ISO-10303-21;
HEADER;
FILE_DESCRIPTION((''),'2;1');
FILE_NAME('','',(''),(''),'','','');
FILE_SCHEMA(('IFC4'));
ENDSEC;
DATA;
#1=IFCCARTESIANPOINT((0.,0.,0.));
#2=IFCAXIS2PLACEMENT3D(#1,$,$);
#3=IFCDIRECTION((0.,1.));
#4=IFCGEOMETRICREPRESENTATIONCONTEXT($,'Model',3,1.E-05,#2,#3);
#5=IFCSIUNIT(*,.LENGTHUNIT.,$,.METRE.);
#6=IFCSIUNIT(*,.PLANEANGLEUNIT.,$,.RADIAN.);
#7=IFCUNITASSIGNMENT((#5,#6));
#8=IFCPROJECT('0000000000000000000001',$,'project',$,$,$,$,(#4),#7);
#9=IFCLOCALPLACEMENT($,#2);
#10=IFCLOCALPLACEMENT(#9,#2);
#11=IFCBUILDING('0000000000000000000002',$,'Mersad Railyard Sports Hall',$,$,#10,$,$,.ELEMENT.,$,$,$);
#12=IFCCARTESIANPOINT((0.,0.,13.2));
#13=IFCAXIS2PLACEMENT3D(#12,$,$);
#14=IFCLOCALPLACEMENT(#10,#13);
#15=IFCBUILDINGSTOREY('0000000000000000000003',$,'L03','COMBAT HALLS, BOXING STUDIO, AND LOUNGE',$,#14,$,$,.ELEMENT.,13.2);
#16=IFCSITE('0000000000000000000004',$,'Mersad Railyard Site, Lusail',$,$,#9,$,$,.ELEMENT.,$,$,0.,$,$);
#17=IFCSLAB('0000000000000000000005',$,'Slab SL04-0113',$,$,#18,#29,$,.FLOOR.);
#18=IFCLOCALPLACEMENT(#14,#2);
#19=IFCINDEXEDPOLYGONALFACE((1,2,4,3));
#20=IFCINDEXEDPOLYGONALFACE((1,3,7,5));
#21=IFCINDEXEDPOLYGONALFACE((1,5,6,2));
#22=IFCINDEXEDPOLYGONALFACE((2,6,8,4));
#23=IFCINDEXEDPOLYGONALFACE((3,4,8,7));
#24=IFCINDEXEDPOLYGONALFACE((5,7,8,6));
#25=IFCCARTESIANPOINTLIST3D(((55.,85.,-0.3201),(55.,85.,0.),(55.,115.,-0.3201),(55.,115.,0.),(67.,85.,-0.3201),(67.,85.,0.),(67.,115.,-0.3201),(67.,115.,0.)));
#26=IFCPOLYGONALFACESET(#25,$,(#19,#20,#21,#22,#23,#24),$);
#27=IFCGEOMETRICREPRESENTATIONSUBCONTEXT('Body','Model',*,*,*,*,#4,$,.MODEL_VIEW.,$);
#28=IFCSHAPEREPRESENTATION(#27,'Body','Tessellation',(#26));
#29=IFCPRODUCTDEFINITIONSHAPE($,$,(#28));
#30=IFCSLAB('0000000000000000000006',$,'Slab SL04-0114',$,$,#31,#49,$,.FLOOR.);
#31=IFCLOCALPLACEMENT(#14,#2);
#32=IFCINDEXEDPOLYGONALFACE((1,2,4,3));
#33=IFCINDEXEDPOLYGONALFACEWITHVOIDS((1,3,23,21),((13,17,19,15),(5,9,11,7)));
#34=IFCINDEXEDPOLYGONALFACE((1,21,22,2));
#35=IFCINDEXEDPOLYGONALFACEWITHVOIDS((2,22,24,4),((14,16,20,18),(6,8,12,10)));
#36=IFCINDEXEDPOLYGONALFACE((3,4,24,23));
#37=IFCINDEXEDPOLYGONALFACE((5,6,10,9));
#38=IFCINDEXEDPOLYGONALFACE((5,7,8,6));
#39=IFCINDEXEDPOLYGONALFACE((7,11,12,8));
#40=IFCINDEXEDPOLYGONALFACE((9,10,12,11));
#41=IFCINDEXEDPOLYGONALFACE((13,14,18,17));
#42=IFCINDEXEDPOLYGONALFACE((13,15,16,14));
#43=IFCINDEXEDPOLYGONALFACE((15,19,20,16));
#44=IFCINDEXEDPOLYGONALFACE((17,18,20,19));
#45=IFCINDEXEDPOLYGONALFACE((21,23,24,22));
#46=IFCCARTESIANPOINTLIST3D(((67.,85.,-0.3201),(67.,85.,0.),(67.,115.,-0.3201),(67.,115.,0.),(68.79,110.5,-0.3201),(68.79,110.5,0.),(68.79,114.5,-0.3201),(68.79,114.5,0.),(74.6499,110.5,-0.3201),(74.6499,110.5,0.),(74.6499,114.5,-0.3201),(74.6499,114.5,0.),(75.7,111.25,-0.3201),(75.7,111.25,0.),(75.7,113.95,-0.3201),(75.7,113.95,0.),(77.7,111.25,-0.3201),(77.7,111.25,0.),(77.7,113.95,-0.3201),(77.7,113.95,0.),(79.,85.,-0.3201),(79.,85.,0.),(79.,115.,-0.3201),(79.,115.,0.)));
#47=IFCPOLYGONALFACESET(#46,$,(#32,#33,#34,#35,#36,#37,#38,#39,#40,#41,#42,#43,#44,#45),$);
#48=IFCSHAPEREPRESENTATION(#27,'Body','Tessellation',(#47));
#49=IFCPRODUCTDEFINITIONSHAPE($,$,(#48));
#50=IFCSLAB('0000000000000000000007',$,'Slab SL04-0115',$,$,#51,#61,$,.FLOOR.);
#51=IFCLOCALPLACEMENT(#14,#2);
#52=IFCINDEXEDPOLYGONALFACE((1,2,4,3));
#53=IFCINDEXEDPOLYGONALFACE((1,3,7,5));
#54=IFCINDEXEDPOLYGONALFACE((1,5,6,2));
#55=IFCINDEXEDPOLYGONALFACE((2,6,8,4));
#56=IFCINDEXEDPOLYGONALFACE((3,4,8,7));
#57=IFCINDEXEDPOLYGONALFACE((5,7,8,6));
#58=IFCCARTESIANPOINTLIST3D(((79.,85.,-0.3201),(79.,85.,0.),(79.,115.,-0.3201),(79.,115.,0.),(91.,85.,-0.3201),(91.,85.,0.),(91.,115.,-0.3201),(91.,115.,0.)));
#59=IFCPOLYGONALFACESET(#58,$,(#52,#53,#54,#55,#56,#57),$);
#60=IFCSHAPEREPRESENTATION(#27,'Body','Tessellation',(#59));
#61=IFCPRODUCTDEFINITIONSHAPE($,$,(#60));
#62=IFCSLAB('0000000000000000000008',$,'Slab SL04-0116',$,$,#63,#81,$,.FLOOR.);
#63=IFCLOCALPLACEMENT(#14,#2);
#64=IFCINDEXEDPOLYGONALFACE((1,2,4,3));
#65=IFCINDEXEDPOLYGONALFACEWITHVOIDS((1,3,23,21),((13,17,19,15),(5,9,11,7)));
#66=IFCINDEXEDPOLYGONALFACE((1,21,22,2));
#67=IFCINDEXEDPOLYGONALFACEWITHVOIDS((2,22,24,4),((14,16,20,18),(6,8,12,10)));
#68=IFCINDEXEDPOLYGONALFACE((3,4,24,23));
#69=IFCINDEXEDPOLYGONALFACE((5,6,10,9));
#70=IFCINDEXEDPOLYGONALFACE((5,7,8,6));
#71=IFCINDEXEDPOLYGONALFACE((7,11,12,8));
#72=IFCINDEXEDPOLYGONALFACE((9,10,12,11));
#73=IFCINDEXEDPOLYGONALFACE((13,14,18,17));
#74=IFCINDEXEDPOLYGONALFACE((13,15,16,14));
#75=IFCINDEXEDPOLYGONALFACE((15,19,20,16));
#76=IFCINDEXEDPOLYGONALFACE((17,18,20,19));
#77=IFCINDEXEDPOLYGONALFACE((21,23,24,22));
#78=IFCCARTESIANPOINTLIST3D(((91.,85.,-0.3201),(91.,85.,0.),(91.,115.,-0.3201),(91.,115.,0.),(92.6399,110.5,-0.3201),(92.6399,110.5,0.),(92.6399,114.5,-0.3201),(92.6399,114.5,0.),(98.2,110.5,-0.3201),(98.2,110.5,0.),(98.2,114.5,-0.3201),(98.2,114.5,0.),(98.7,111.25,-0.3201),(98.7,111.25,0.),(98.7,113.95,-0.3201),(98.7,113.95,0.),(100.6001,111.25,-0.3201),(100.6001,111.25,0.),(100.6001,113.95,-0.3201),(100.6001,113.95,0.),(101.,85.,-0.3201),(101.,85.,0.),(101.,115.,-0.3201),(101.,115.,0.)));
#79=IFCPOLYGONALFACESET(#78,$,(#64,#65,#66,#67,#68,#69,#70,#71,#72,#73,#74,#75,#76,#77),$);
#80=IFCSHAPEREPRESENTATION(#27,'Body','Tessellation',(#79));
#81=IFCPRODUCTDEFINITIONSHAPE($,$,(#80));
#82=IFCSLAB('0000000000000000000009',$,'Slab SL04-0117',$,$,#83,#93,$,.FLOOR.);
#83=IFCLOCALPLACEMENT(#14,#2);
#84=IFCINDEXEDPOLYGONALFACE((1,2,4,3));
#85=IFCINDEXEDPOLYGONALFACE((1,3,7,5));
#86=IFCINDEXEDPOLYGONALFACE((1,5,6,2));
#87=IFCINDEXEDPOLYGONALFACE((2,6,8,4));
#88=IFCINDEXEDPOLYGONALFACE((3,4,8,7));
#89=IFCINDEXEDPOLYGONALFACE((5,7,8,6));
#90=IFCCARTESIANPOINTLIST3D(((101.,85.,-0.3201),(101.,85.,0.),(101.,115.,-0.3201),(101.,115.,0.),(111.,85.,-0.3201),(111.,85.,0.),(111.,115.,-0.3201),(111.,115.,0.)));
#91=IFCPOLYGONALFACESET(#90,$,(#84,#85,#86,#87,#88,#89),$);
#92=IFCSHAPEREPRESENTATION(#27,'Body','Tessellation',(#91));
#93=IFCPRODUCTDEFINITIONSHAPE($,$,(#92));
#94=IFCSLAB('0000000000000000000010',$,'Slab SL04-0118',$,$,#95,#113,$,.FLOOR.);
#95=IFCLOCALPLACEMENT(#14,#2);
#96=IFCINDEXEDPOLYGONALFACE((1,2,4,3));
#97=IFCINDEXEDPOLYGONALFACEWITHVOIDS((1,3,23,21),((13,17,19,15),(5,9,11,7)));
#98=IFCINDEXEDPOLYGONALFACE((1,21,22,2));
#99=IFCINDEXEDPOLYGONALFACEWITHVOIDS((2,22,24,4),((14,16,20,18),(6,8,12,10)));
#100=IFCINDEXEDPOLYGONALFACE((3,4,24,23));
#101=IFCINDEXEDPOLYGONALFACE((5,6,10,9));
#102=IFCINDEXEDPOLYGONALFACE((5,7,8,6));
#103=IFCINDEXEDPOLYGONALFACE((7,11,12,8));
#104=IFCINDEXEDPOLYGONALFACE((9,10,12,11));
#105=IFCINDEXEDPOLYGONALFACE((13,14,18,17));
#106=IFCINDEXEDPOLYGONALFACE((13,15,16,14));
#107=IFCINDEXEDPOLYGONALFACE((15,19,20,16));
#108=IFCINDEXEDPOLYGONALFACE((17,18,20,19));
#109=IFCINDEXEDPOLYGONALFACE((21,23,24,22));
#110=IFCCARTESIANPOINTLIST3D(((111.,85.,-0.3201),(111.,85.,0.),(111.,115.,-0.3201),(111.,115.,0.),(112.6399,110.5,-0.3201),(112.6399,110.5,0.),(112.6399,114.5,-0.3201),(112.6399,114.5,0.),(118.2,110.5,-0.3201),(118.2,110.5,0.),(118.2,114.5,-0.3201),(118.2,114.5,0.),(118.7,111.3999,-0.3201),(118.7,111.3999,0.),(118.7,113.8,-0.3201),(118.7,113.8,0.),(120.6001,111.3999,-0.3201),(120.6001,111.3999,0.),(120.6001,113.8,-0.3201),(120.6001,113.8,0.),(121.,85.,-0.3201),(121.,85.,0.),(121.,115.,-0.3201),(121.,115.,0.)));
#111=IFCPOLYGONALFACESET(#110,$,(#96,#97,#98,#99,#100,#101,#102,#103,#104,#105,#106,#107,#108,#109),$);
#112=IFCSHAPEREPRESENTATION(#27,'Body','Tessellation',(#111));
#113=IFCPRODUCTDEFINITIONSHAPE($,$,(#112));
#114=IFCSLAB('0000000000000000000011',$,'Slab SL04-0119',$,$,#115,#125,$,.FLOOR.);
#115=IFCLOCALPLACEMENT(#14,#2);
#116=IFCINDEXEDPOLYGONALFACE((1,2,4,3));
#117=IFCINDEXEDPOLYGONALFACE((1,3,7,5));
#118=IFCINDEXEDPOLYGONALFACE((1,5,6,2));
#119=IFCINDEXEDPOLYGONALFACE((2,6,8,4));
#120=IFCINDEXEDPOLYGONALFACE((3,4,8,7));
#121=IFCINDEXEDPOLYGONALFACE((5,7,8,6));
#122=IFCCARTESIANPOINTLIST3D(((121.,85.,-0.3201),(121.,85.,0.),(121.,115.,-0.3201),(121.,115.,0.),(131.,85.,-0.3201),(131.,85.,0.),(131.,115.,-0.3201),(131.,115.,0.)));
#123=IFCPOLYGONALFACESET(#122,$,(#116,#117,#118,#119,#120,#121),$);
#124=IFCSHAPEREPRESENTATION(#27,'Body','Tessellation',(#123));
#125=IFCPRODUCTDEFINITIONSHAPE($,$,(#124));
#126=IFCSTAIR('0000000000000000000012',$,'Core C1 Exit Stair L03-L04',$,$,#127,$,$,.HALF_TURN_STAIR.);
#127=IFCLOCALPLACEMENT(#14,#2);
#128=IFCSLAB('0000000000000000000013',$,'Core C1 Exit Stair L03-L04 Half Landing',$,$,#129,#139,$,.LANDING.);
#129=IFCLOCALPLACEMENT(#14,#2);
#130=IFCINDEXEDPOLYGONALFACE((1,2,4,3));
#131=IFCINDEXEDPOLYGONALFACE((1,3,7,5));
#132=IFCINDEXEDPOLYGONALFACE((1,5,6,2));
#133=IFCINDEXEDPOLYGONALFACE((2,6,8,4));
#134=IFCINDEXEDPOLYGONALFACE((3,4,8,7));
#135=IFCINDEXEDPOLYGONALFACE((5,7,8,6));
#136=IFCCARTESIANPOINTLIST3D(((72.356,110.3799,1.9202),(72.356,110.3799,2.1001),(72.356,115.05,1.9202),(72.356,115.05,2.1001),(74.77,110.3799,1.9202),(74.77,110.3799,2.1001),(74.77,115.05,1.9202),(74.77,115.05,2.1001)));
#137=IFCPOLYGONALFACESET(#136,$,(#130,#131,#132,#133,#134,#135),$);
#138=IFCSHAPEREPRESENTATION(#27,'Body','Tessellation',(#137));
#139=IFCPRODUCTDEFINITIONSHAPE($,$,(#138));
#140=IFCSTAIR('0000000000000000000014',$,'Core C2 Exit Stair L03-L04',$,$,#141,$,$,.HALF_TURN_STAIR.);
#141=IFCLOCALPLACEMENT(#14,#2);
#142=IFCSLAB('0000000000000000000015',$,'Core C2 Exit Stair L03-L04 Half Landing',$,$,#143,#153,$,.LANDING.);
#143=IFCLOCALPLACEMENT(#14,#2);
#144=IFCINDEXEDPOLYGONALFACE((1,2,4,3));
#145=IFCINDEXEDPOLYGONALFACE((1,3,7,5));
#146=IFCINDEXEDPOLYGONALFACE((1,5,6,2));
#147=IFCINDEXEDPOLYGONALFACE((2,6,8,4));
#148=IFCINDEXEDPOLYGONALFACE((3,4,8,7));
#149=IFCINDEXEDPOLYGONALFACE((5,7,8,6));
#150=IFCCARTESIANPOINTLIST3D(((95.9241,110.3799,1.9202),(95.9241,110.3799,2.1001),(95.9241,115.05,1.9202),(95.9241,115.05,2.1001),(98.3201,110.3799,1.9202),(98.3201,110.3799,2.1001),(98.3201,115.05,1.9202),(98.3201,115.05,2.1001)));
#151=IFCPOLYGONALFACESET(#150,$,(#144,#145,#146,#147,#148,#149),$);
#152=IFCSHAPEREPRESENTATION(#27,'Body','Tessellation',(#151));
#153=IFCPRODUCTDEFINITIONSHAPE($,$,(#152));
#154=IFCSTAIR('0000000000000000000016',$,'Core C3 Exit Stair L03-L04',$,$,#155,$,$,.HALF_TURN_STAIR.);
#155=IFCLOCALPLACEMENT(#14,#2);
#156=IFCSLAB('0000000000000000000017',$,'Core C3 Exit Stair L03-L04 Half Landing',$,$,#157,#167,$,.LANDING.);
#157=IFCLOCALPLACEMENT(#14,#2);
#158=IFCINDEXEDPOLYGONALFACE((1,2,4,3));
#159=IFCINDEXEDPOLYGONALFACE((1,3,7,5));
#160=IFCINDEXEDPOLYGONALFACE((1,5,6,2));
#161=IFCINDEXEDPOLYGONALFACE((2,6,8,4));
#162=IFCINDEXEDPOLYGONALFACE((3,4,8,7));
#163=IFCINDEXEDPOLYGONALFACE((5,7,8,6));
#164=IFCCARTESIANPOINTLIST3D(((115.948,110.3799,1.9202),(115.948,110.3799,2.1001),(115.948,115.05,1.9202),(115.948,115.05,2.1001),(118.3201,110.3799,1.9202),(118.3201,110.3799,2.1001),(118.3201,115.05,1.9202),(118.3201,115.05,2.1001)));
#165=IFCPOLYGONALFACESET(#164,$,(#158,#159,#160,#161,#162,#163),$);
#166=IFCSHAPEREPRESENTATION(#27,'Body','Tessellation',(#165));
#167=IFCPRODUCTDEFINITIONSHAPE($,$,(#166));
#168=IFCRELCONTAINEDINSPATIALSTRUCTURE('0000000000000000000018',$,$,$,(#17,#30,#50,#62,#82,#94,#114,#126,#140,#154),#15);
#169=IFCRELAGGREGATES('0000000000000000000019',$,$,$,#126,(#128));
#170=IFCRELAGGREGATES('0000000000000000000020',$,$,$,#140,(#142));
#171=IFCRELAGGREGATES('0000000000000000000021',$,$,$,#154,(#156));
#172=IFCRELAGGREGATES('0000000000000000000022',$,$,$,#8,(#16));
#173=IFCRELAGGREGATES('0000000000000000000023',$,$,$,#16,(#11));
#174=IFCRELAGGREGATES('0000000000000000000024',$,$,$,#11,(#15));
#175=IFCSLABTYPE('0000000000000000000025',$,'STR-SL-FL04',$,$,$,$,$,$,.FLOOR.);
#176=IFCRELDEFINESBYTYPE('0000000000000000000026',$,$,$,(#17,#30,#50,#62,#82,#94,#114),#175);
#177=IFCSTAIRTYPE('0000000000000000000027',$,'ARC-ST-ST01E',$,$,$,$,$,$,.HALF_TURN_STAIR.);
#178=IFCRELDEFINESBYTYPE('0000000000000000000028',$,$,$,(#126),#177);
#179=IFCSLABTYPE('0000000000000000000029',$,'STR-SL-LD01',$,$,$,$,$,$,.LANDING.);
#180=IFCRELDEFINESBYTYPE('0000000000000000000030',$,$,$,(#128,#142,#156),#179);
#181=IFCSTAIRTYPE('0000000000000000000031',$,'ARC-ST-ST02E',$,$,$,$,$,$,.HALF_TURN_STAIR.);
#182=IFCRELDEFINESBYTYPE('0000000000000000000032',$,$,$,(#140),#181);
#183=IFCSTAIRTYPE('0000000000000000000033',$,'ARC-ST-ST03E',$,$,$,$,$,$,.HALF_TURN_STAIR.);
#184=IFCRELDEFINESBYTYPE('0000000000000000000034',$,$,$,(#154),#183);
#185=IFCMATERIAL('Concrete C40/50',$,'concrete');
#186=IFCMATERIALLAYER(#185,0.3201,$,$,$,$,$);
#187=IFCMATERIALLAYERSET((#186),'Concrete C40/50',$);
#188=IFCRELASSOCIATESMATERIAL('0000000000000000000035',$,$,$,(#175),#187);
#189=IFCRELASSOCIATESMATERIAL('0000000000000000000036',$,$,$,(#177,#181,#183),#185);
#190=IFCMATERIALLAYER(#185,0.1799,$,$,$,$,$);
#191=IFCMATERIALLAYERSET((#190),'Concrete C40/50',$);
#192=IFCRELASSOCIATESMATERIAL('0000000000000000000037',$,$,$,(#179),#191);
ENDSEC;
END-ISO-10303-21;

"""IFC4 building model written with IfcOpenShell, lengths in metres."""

from ifc_helpers import new_model, si_unit, direction, frame, origin, place, context, subcontext, project, spatial, polyline, outline, extrude, material, layer, layer_set, type_object, element, aggregate, save


model = new_model("IFC4")

# Units and contexts
model_context = context("Model", 3, precision=1e-05, world=origin(), true_north=direction((0.0, 1.0)))
body_context = subcontext(model_context, "Body", "Model", "MODEL_VIEW")
ifc_project = project(units=[si_unit("LENGTHUNIT", "METRE"), si_unit("PLANEANGLEUNIT", "RADIAN")], contexts=[model_context])

# Site, building, storey
site_placement = place(None, origin())
site = spatial("IfcSite", under=ifc_project, at=site_placement, Name="Mersad Railyard Site, Lusail", CompositionType="ELEMENT", RefElevation=0.0)
building_placement = place(site_placement, origin())
building = spatial("IfcBuilding", under=site, at=building_placement, Name="Mersad Railyard Sports Hall", CompositionType="ELEMENT")
storey_placement = place(building_placement, frame((0.0, 0.0, 13.2)))
storey = spatial("IfcBuildingStorey", under=building, at=storey_placement, Name="L03", Description="COMBAT HALLS, BOXING STUDIO, AND LOUNGE", CompositionType="ELEMENT", Elevation=13.2)

# Slabs
ifc_material_1 = material(Name="Concrete C40/50", Category="concrete")
ifc_layer_1 = layer(ifc_material_1, 0.3201)
ifc_layer_set_1 = layer_set([ifc_layer_1], Name="Concrete C40/50")
slab_type_1 = type_object("IfcSlabType", Name="STR-SL-FL04", PredefinedType="FLOOR", material=ifc_layer_set_1)
slab_1_placement = place(storey_placement, frame((0.0, 0.0, -0.3201)))
element("IfcSlab", 1, at=slab_1_placement, inside=storey, type_object=slab_type_1, Name="Slab SL04-0113", PredefinedType="FLOOR", context=body_context, shape_type="SweptSolid", body=[
    extrude(outline(polyline([(55.0, 85.0), (67.0, 85.0), (67.0, 115.0), (55.0, 115.0), (55.0, 85.0)])), origin(), (0.0, 0.0, 1.0), 0.3201),
])
slab_2_placement = place(storey_placement, frame((0.0, 0.0, -0.3201)))
element("IfcSlab", 2, at=slab_2_placement, inside=storey, type_object=slab_type_1, Name="Slab SL04-0114", PredefinedType="FLOOR", context=body_context, shape_type="SweptSolid", body=[
    extrude(outline(polyline([(67.0, 85.0), (79.0, 85.0), (79.0, 115.0), (67.0, 115.0), (67.0, 85.0)]), holes=[polyline([(68.79, 110.5), (74.6499, 110.5), (74.6499, 114.5), (68.79, 114.5), (68.79, 110.5)]), polyline([(75.7, 111.25), (77.7, 111.25), (77.7, 113.95), (75.7, 113.95), (75.7, 111.25)])]), origin(), (0.0, 0.0, 1.0), 0.3201),
])
slab_3_placement = place(storey_placement, frame((0.0, 0.0, -0.3201)))
element("IfcSlab", 3, at=slab_3_placement, inside=storey, type_object=slab_type_1, Name="Slab SL04-0115", PredefinedType="FLOOR", context=body_context, shape_type="SweptSolid", body=[
    extrude(outline(polyline([(79.0, 85.0), (91.0, 85.0), (91.0, 115.0), (79.0, 115.0), (79.0, 85.0)])), origin(), (0.0, 0.0, 1.0), 0.3201),
])
slab_4_placement = place(storey_placement, frame((0.0, 0.0, -0.3201)))
element("IfcSlab", 4, at=slab_4_placement, inside=storey, type_object=slab_type_1, Name="Slab SL04-0116", PredefinedType="FLOOR", context=body_context, shape_type="SweptSolid", body=[
    extrude(outline(polyline([(91.0, 85.0), (101.0, 85.0), (101.0, 115.0), (91.0, 115.0), (91.0, 85.0)]), holes=[polyline([(92.6399, 110.5), (98.2, 110.5), (98.2, 114.5), (92.6399, 114.5), (92.6399, 110.5)]), polyline([(98.7, 111.25), (100.6001, 111.25), (100.6001, 113.95), (98.7, 113.95), (98.7, 111.25)])]), origin(), (0.0, 0.0, 1.0), 0.3201),
])
slab_5_placement = place(storey_placement, frame((0.0, 0.0, -0.3201)))
element("IfcSlab", 5, at=slab_5_placement, inside=storey, type_object=slab_type_1, Name="Slab SL04-0117", PredefinedType="FLOOR", context=body_context, shape_type="SweptSolid", body=[
    extrude(outline(polyline([(101.0, 85.0), (111.0, 85.0), (111.0, 115.0), (101.0, 115.0), (101.0, 85.0)])), origin(), (0.0, 0.0, 1.0), 0.3201),
])
slab_6_placement = place(storey_placement, frame((0.0, 0.0, -0.3201)))
element("IfcSlab", 6, at=slab_6_placement, inside=storey, type_object=slab_type_1, Name="Slab SL04-0118", PredefinedType="FLOOR", context=body_context, shape_type="SweptSolid", body=[
    extrude(outline(polyline([(111.0, 85.0), (121.0, 85.0), (121.0, 115.0), (111.0, 115.0), (111.0, 85.0)]), holes=[polyline([(112.6399, 110.5), (118.2, 110.5), (118.2, 114.5), (112.6399, 114.5), (112.6399, 110.5)]), polyline([(118.7, 111.3999), (120.6001, 111.3999), (120.6001, 113.8), (118.7, 113.8), (118.7, 111.3999)])]), origin(), (0.0, 0.0, 1.0), 0.3201),
])
slab_7_placement = place(storey_placement, frame((0.0, 0.0, -0.3201)))
element("IfcSlab", 7, at=slab_7_placement, inside=storey, type_object=slab_type_1, Name="Slab SL04-0119", PredefinedType="FLOOR", context=body_context, shape_type="SweptSolid", body=[
    extrude(outline(polyline([(121.0, 85.0), (131.0, 85.0), (131.0, 115.0), (121.0, 115.0), (121.0, 85.0)])), origin(), (0.0, 0.0, 1.0), 0.3201),
])

# Stairs, slabs
stair_type_1 = type_object("IfcStairType", Name="ARC-ST-ST01E", PredefinedType="HALF_TURN_STAIR", material=ifc_material_1)
stair_1_placement = place(storey_placement, origin())
stair_1 = element("IfcStair", 8, at=stair_1_placement, inside=storey, type_object=stair_type_1, Name="Core C1 Exit Stair L03-L04", PredefinedType="HALF_TURN_STAIR")
ifc_layer_2 = layer(ifc_material_1, 0.1799)
ifc_layer_set_2 = layer_set([ifc_layer_2], Name="Concrete C40/50")
slab_type_2 = type_object("IfcSlabType", Name="STR-SL-LD01", PredefinedType="LANDING", material=ifc_layer_set_2)
slab_8_placement = place(storey_placement, frame((0.0, 0.0, 1.9202)))
slab_8 = element("IfcSlab", 9, at=slab_8_placement, type_object=slab_type_2, Name="Core C1 Exit Stair L03-L04 Half Landing", PredefinedType="LANDING", context=body_context, shape_type="SweptSolid", body=[
    extrude(outline(polyline([(72.356, 110.3799), (74.77, 110.3799), (74.77, 115.05), (72.356, 115.05), (72.356, 110.3799)])), origin(), (0.0, 0.0, 1.0), 0.1799),
])
aggregate(stair_1, [slab_8])
stair_type_2 = type_object("IfcStairType", Name="ARC-ST-ST02E", PredefinedType="HALF_TURN_STAIR", material=ifc_material_1)
stair_2_placement = place(storey_placement, origin())
stair_2 = element("IfcStair", 10, at=stair_2_placement, inside=storey, type_object=stair_type_2, Name="Core C2 Exit Stair L03-L04", PredefinedType="HALF_TURN_STAIR")
slab_9_placement = place(storey_placement, frame((0.0, 0.0, 1.9202)))
slab_9 = element("IfcSlab", 11, at=slab_9_placement, type_object=slab_type_2, Name="Core C2 Exit Stair L03-L04 Half Landing", PredefinedType="LANDING", context=body_context, shape_type="SweptSolid", body=[
    extrude(outline(polyline([(95.9241, 110.3799), (98.3201, 110.3799), (98.3201, 115.05), (95.9241, 115.05), (95.9241, 110.3799)])), origin(), (0.0, 0.0, 1.0), 0.1799),
])
aggregate(stair_2, [slab_9])
stair_type_3 = type_object("IfcStairType", Name="ARC-ST-ST03E", PredefinedType="HALF_TURN_STAIR", material=ifc_material_1)
stair_3_placement = place(storey_placement, origin())
stair_3 = element("IfcStair", 12, at=stair_3_placement, inside=storey, type_object=stair_type_3, Name="Core C3 Exit Stair L03-L04", PredefinedType="HALF_TURN_STAIR")
slab_10_placement = place(storey_placement, frame((0.0, 0.0, 1.9202)))
slab_10 = element("IfcSlab", 13, at=slab_10_placement, type_object=slab_type_2, Name="Core C3 Exit Stair L03-L04 Half Landing", PredefinedType="LANDING", context=body_context, shape_type="SweptSolid", body=[
    extrude(outline(polyline([(115.948, 110.3799), (118.3201, 110.3799), (118.3201, 115.05), (115.948, 115.05), (115.948, 110.3799)])), origin(), (0.0, 0.0, 1.0), 0.1799),
])
aggregate(stair_3, [slab_10])

save(model, "model.ifc")
